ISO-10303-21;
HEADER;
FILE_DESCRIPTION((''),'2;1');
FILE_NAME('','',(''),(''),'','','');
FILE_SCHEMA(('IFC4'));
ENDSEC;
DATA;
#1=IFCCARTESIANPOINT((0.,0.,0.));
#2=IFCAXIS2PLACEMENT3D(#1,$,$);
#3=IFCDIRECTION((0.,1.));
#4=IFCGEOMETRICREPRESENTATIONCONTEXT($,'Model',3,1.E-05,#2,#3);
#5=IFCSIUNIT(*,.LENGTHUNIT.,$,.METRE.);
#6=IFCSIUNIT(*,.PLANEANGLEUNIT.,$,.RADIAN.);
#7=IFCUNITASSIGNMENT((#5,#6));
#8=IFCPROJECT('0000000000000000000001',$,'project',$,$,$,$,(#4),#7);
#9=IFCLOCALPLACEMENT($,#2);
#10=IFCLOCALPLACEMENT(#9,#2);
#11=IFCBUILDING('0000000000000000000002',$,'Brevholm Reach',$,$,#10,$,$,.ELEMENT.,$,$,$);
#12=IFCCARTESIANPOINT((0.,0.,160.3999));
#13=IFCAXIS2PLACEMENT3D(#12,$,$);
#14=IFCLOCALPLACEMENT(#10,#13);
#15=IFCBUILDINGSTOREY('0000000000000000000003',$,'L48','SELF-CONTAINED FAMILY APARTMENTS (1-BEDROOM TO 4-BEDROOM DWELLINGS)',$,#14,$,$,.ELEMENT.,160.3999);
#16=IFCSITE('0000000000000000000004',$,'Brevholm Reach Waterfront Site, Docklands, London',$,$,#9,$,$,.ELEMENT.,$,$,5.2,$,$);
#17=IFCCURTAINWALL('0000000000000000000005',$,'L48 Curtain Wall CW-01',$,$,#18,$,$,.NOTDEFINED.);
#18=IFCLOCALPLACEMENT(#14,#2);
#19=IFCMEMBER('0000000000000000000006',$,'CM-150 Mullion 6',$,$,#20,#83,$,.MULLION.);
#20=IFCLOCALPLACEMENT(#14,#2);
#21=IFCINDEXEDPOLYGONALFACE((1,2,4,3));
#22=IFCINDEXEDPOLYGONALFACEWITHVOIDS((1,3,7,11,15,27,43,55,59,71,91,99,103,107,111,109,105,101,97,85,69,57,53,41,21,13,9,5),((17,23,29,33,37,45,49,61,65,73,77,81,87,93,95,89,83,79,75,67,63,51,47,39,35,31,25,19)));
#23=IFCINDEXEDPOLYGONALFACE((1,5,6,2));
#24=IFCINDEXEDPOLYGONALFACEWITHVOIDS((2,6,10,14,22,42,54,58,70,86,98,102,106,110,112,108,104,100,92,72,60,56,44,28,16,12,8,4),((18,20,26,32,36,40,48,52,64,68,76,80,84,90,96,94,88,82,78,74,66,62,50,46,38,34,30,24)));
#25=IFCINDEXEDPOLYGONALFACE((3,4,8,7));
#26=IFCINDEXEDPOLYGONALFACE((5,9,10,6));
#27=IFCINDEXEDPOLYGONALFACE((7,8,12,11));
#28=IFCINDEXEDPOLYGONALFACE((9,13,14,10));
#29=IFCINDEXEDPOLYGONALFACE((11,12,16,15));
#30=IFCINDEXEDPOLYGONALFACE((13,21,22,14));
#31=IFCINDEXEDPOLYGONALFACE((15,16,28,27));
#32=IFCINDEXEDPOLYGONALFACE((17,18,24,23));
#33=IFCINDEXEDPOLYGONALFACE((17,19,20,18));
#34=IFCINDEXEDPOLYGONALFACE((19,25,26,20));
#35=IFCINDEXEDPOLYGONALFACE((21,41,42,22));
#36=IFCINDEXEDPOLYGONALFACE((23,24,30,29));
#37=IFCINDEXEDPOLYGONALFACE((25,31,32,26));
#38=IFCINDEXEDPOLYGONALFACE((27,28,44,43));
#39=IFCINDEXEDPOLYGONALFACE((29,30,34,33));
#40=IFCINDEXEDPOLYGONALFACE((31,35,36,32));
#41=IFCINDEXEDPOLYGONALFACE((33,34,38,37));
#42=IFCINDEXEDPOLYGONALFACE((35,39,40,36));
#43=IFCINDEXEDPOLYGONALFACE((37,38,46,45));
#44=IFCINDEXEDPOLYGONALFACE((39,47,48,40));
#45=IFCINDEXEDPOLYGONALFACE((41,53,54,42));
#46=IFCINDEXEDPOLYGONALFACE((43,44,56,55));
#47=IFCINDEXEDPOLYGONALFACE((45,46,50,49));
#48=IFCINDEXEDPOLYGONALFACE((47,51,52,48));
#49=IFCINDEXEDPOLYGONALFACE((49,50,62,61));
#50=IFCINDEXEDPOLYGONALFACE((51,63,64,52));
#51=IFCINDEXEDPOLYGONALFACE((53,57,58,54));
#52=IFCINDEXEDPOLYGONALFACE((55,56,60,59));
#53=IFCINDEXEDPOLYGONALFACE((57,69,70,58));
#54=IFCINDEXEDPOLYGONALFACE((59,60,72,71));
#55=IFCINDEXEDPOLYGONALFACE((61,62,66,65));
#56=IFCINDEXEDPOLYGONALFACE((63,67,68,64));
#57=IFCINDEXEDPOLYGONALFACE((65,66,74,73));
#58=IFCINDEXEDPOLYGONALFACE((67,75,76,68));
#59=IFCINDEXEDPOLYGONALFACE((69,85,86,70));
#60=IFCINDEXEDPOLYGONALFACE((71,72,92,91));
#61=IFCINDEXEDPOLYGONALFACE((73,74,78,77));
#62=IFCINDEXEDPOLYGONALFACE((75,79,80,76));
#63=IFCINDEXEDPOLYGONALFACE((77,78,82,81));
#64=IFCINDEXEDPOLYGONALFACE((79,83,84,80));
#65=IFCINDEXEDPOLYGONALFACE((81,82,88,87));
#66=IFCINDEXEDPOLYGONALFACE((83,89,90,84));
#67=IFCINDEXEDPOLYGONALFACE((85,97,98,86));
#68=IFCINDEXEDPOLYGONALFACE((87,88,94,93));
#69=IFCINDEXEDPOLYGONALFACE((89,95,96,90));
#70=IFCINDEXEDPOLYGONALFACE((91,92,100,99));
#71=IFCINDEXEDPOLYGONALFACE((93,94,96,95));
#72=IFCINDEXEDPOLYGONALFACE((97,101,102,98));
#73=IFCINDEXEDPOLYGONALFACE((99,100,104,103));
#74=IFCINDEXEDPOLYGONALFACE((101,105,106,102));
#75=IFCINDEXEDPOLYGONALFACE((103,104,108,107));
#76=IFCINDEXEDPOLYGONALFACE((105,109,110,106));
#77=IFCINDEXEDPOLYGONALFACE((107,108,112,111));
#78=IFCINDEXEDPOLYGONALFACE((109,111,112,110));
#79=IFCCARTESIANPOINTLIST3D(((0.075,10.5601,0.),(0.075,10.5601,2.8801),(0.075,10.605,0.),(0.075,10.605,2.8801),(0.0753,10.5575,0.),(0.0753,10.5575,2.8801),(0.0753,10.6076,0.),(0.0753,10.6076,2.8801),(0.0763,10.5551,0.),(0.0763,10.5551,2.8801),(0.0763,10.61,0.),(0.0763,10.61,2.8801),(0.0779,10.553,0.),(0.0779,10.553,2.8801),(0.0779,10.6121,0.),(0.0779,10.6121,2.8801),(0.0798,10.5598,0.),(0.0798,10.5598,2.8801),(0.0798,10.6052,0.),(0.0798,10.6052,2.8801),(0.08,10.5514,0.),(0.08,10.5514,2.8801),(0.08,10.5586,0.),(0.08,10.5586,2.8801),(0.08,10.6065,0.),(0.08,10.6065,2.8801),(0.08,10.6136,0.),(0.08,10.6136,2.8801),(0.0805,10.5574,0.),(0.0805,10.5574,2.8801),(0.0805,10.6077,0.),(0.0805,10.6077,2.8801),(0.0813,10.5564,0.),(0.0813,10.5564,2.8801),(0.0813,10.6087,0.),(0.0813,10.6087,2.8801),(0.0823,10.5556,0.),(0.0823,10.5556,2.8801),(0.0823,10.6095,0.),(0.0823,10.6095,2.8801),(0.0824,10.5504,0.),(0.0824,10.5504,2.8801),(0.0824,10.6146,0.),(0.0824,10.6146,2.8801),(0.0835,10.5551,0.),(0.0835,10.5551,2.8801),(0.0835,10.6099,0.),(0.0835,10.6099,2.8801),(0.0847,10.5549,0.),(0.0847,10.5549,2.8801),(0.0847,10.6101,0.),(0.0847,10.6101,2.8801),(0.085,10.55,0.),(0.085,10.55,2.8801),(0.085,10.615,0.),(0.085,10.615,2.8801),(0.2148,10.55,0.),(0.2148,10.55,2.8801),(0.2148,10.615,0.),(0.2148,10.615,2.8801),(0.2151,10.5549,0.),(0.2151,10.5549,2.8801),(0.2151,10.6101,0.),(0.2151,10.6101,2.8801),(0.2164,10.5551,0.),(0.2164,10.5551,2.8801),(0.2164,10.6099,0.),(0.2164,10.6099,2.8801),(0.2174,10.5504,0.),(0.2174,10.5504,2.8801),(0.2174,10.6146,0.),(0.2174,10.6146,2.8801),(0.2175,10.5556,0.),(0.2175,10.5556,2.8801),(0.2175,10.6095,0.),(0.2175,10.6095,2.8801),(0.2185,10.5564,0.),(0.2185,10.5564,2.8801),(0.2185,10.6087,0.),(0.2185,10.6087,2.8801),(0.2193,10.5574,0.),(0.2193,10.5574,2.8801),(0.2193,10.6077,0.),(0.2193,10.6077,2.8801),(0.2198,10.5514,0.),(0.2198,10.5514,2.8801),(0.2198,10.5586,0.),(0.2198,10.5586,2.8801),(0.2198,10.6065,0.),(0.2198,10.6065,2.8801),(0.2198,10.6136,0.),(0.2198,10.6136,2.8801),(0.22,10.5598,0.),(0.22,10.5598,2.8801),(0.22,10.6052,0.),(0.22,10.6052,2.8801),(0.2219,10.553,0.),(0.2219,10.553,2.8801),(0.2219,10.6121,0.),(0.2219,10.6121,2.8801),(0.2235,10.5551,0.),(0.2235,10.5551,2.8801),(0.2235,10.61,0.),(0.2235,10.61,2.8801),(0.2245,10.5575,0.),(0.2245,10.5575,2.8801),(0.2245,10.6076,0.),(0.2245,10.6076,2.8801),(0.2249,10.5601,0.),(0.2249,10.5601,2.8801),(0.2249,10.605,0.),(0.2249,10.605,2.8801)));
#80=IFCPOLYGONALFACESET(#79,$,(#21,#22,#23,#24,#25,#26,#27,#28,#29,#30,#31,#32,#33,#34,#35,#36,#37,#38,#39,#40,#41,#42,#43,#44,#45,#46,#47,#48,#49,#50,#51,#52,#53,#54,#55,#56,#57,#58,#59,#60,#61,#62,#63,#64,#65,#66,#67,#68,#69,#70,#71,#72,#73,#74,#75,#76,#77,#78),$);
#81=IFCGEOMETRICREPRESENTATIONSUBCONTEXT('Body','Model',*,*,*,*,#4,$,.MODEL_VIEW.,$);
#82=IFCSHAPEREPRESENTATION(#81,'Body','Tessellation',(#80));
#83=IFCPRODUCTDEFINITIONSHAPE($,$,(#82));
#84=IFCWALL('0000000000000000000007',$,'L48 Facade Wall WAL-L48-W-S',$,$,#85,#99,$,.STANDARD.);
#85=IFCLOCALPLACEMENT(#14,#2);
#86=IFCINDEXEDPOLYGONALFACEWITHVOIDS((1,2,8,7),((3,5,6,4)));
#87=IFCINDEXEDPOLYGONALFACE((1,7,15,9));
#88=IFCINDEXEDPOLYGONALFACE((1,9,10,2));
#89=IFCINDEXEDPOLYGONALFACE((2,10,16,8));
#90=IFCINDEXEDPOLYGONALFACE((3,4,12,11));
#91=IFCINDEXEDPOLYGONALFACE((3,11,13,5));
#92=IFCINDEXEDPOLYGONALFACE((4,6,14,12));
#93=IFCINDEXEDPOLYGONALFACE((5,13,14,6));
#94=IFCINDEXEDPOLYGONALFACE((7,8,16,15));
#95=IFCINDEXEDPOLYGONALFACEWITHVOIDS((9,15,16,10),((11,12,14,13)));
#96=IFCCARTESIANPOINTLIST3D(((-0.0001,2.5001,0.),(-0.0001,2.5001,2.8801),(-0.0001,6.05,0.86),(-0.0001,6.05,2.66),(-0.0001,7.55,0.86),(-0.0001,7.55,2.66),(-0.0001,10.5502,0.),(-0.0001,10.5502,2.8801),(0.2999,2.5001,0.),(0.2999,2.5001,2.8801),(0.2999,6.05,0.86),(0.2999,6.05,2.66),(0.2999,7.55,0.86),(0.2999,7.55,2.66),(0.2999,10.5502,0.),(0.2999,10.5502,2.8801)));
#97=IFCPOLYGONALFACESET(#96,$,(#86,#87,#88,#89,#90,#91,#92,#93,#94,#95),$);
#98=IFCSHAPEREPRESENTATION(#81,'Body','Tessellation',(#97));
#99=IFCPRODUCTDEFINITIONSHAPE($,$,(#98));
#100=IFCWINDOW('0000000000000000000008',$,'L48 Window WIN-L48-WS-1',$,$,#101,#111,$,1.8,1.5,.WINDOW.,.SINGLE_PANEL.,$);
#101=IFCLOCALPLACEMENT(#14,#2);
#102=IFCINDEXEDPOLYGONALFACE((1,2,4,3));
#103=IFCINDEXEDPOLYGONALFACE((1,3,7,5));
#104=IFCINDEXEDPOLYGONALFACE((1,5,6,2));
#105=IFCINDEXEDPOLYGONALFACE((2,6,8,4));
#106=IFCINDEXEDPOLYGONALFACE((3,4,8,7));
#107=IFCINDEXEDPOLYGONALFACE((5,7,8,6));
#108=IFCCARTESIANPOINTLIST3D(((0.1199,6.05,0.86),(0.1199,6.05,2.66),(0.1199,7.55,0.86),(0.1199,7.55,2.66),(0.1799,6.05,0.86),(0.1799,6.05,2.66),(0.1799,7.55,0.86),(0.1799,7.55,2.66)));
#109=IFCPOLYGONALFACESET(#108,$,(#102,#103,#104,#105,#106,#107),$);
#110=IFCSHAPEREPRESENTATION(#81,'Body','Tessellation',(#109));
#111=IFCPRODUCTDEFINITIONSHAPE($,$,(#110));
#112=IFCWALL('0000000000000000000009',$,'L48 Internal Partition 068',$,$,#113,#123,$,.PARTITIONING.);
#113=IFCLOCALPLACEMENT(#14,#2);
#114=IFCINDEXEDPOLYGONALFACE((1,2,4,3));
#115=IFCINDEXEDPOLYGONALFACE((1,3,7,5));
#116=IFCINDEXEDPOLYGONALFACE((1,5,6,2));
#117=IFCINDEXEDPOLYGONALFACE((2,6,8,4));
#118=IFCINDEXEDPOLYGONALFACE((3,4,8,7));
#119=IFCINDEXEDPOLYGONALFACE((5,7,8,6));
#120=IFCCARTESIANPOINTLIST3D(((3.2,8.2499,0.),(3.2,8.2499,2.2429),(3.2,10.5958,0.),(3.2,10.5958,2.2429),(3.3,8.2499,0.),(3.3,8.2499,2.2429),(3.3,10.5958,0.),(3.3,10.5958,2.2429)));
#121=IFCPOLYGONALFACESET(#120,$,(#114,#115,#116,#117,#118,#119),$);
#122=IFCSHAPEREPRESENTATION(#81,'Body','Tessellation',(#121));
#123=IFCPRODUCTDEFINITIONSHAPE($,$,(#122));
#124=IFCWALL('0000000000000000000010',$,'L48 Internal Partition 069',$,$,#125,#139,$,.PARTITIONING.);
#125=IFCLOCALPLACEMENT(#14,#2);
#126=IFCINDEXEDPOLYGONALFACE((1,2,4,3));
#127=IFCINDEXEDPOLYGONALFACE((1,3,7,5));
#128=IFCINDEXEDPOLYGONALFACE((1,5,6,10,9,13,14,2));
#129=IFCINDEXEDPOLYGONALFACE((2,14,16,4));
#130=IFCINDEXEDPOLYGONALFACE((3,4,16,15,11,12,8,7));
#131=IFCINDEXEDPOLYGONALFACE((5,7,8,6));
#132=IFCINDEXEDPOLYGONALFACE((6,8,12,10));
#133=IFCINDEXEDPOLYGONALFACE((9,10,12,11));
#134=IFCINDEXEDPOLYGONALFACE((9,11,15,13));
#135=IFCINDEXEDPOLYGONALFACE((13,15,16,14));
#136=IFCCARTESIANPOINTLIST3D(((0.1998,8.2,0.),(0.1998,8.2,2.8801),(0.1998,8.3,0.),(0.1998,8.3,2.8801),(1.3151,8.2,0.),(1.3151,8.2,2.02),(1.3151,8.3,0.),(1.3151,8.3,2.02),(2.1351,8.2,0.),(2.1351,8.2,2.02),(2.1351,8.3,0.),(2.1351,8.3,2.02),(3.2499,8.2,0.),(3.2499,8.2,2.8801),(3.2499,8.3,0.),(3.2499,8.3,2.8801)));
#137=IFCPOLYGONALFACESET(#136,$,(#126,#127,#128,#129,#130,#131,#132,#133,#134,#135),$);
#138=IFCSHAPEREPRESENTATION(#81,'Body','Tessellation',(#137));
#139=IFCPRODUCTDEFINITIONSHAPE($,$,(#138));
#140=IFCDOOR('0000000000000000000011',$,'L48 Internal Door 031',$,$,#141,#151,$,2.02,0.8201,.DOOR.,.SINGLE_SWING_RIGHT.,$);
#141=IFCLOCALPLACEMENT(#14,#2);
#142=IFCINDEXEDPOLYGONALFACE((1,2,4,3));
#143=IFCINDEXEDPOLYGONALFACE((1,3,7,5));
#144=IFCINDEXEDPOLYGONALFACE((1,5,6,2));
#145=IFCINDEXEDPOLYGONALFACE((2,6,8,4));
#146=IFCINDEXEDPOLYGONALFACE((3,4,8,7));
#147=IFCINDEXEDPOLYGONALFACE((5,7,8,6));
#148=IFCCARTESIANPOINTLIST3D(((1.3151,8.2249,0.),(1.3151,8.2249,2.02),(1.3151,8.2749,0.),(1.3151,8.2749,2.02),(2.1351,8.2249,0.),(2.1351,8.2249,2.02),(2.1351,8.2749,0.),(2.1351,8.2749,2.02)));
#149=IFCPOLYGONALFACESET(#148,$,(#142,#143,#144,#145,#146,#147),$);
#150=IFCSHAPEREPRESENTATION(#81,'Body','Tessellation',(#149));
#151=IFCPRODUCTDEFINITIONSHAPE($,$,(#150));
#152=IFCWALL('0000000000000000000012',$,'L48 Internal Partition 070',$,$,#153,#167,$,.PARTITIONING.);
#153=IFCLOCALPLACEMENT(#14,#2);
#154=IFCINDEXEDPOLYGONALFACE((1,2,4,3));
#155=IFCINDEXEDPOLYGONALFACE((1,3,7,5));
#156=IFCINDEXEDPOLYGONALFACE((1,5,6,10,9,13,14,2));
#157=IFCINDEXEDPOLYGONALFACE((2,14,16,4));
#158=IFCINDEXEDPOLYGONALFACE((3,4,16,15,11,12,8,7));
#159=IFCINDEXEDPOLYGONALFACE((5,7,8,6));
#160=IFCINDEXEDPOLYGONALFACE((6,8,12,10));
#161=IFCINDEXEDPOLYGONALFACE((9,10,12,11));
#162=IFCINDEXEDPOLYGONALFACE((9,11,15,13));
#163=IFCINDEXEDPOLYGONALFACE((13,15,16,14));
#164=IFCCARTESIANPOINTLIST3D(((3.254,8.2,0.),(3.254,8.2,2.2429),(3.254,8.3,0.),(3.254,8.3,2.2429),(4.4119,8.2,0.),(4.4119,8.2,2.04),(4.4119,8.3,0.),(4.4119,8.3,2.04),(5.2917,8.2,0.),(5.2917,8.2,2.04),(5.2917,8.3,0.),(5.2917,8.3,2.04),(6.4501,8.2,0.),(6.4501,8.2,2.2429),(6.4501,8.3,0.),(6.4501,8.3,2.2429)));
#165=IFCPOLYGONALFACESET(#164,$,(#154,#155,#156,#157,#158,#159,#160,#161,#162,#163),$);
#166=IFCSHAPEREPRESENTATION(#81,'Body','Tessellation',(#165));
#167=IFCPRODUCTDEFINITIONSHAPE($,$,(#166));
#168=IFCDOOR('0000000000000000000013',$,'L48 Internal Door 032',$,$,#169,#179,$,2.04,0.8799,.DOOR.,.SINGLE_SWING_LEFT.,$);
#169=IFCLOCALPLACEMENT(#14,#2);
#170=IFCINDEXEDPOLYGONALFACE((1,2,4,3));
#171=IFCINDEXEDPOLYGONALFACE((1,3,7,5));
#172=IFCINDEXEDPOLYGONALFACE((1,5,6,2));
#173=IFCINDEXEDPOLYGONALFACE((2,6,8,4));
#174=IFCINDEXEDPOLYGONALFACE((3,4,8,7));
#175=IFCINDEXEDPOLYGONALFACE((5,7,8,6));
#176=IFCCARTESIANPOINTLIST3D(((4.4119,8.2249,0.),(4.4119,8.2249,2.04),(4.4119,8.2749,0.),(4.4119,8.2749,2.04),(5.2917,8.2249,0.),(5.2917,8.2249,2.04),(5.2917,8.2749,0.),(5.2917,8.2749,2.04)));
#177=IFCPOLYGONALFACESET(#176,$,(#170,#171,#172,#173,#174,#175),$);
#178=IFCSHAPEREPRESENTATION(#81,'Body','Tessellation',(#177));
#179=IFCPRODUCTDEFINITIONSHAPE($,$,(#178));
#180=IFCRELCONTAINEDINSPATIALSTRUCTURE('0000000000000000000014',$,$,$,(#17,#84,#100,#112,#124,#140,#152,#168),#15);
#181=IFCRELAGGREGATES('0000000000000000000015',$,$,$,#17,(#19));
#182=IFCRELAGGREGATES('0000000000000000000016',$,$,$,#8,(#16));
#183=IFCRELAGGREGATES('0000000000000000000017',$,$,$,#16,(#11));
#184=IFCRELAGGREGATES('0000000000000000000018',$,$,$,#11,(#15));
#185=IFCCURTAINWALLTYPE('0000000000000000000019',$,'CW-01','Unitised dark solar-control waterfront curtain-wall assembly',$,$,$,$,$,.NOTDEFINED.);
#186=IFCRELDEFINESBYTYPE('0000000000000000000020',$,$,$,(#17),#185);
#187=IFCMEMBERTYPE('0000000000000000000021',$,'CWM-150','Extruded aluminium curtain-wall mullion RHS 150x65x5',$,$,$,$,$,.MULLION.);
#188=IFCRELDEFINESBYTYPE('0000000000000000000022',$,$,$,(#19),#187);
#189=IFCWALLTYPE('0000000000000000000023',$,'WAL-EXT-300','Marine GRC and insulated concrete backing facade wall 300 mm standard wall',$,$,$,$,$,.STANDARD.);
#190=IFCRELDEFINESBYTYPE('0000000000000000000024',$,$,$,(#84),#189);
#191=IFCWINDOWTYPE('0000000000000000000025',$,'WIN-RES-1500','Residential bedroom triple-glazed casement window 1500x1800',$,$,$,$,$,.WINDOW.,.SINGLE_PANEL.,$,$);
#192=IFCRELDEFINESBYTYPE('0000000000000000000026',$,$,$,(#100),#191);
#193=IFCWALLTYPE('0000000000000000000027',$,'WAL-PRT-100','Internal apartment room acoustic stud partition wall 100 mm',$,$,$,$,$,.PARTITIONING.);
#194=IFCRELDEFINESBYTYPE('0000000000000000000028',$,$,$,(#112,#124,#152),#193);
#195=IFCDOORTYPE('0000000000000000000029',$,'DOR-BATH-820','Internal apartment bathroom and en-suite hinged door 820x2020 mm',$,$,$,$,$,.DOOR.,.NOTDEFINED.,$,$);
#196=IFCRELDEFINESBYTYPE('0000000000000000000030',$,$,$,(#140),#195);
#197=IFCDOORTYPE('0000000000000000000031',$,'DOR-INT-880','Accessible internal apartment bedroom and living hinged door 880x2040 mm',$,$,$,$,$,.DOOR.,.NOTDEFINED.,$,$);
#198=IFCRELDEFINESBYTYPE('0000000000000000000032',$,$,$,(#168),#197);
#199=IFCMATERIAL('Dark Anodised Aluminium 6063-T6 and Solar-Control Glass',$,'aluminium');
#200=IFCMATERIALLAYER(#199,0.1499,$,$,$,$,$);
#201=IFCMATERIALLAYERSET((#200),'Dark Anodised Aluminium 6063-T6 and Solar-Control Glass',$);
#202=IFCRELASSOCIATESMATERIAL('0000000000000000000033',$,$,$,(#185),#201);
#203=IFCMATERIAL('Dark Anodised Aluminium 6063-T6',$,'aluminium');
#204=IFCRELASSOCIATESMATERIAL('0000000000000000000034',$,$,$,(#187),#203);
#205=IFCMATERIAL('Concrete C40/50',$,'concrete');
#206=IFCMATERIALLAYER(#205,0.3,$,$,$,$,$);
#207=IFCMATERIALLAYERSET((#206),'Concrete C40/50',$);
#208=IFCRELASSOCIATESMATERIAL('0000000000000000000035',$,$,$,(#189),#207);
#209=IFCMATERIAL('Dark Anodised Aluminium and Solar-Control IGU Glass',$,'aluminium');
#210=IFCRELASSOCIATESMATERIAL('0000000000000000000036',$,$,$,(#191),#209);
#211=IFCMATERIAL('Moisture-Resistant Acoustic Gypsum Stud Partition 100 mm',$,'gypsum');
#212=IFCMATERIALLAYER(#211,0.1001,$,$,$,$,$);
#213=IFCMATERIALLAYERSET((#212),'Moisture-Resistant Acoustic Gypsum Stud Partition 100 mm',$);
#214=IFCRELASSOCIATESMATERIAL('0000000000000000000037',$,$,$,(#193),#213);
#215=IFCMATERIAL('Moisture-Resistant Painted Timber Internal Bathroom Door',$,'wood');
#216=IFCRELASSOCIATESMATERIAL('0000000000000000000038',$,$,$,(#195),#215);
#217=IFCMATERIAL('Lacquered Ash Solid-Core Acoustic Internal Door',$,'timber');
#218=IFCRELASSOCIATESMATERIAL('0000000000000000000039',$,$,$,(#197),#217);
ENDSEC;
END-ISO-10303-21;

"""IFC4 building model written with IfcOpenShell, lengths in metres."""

from ifc_helpers import new_model, si_unit, direction, frame, frame_2d, origin, origin_2d, place, context, subcontext, project, spatial, rectangle, hollow_rectangle, extrude, material, layer, layer_set, material_profile, profile_set, type_object, element, fill, aggregate, save


model = new_model("IFC4")

# Units and contexts
model_context = context("Model", 3, precision=1e-05, world=origin(), true_north=direction((0.0, 1.0)))
body_context = subcontext(model_context, "Body", "Model", "MODEL_VIEW")
ifc_project = project(units=[si_unit("LENGTHUNIT", "METRE"), si_unit("PLANEANGLEUNIT", "RADIAN")], contexts=[model_context])

# Site, building, storey
site_placement = place(None, origin())
site = spatial("IfcSite", under=ifc_project, at=site_placement, Name="Brevholm Reach Waterfront Site, Docklands, London", CompositionType="ELEMENT", RefElevation=5.2)
building_placement = place(site_placement, origin())
building = spatial("IfcBuilding", under=site, at=building_placement, Name="Brevholm Reach", CompositionType="ELEMENT")
storey_placement = place(building_placement, frame((0.0, 0.0, 160.3999)))
storey = spatial("IfcBuildingStorey", under=building, at=storey_placement, Name="L48", Description="SELF-CONTAINED FAMILY APARTMENTS (1-BEDROOM TO 4-BEDROOM DWELLINGS)", CompositionType="ELEMENT", Elevation=160.3999)

# Curtain wall, member
ifc_material_1 = material(Name="Dark Anodised Aluminium 6063-T6 and Solar-Control Glass", Category="aluminium")
ifc_layer_1 = layer(ifc_material_1, 0.1499)
ifc_layer_set_1 = layer_set([ifc_layer_1], Name="Dark Anodised Aluminium 6063-T6 and Solar-Control Glass")
curtain_wall_type = type_object("IfcCurtainWallType", Name="CW-01", Description="Unitised dark solar-control waterfront curtain-wall assembly", PredefinedType="NOTDEFINED", material=ifc_layer_set_1)
curtain_wall_placement = place(storey_placement, origin())
curtain_wall = element("IfcCurtainWall", 1, at=curtain_wall_placement, inside=storey, type_object=curtain_wall_type, Name="L48 Curtain Wall CW-01", PredefinedType="NOTDEFINED")
ifc_material_2 = material(Name="Dark Anodised Aluminium 6063-T6", Category="aluminium")
ifc_material_profile_1 = material_profile(ifc_material_2, hollow_rectangle(XDim=0.0649, YDim=0.1499, WallThickness=0.0049, InnerFilletRadius=0.0049, OuterFilletRadius=0.01, at=origin_2d()), Name="RHS 150x65x5")
ifc_profile_set_1 = profile_set([ifc_material_profile_1], Name="Dark Anodised Aluminium 6063-T6")
member_type = type_object("IfcMemberType", Name="CWM-150", Description="Extruded aluminium curtain-wall mullion RHS 150x65x5", PredefinedType="MULLION", material=ifc_profile_set_1)
member_placement = place(storey_placement, frame((0.1499, 10.5825, 0.0), z_axis=(0.0, 0.0, 1.0), x_axis=(0.0, -1.0, 0.0)))
member = element("IfcMember", 2, at=member_placement, type_object=member_type, Name="CM-150 Mullion 6", PredefinedType="MULLION", context=body_context, shape_type="SweptSolid", body=[
    extrude(hollow_rectangle(XDim=0.0649, YDim=0.1499, WallThickness=0.0049, InnerFilletRadius=0.0049, OuterFilletRadius=0.01, at=origin_2d()), origin(), (0.0, 0.0, 1.0), 2.8801),
])
aggregate(curtain_wall, [member])

# Wall, opening, window
ifc_material_3 = material(Name="Concrete C40/50", Category="concrete")
ifc_layer_2 = layer(ifc_material_3, 0.3)
ifc_layer_set_2 = layer_set([ifc_layer_2], Name="Concrete C40/50")
wall_type_1 = type_object("IfcWallType", Name="WAL-EXT-300", Description="Marine GRC and insulated concrete backing facade wall 300 mm standard wall", PredefinedType="STANDARD", material=ifc_layer_set_2)
wall_1_placement = place(storey_placement, frame((0.1499, 10.55, 0.0), z_axis=(0.0, 0.0, 1.0), x_axis=(0.0, -1.0, 0.0)))
wall_1 = element("IfcWall", 3, at=wall_1_placement, inside=storey, type_object=wall_type_1, Name="L48 Facade Wall WAL-L48-W-S", PredefinedType="STANDARD", context=body_context, shape_type="SweptSolid", body=[
    extrude(rectangle(XDim=8.05, YDim=0.3, at=frame_2d((4.0249, 0.0))), origin(), (0.0, 0.0, 1.0), 2.8801),
])
opening_1_placement = place(wall_1_placement, frame((3.0, 0.0, 0.8601)))
opening_1 = element("IfcOpeningElement", 4, at=opening_1_placement, cuts=wall_1, PredefinedType="OPENING", context=body_context, shape_type="SweptSolid", body=[
    extrude(rectangle(XDim=1.5, YDim=1.8, at=frame_2d((0.75, 0.8999))), frame((0.0, 0.1599, 0.0), z_axis=(0.0, -1.0, 0.0), x_axis=(1.0, 0.0, 0.0)), (0.0, 0.0, 1.0), 0.3201),
])
ifc_material_4 = material(Name="Dark Anodised Aluminium and Solar-Control IGU Glass", Category="aluminium")
window_type = type_object("IfcWindowType", Name="WIN-RES-1500", Description="Residential bedroom triple-glazed casement window 1500x1800", PartitioningType="SINGLE_PANEL", PredefinedType="WINDOW", material=ifc_material_4)
window_placement = place(opening_1_placement, origin())
window = element("IfcWindow", 5, at=window_placement, inside=storey, type_object=window_type, Name="L48 Window WIN-L48-WS-1", OverallHeight=1.8, OverallWidth=1.5, PartitioningType="SINGLE_PANEL", PredefinedType="WINDOW", context=body_context, shape_type="SweptSolid", body=[
    extrude(rectangle(XDim=1.5, YDim=1.8, at=frame_2d((0.75, 0.8999))), frame((0.0, 0.03, 0.0), z_axis=(0.0, -1.0, 0.0), x_axis=(1.0, 0.0, 0.0)), (0.0, 0.0, 1.0), 0.0601),
])
fill(opening_1, window)

# Wall
ifc_material_5 = material(Name="Moisture-Resistant Acoustic Gypsum Stud Partition 100 mm", Category="gypsum")
ifc_layer_3 = layer(ifc_material_5, 0.1001)
ifc_layer_set_3 = layer_set([ifc_layer_3], Name="Moisture-Resistant Acoustic Gypsum Stud Partition 100 mm")
wall_type_2 = type_object("IfcWallType", Name="WAL-PRT-100", Description="Internal apartment room acoustic stud partition wall 100 mm", PredefinedType="PARTITIONING", material=ifc_layer_set_3)
wall_2_placement = place(storey_placement, frame((3.25, 8.25, 0.0), z_axis=(0.0, 0.0, 1.0), x_axis=(0.0, 1.0, 0.0)))
element("IfcWall", 6, at=wall_2_placement, inside=storey, type_object=wall_type_2, Name="L48 Internal Partition 068", PredefinedType="PARTITIONING", context=body_context, shape_type="SweptSolid", body=[
    extrude(rectangle(XDim=2.3459, YDim=0.1001, at=frame_2d((1.1729, 0.0))), origin(), (0.0, 0.0, 1.0), 2.2429),
])

# Walls, openings, doors
wall_3_placement = place(storey_placement, frame((0.2, 8.25, 0.0), z_axis=(0.0, 0.0, 1.0), x_axis=(1.0, 0.0, 0.0)))
wall_3 = element("IfcWall", 7, at=wall_3_placement, inside=storey, type_object=wall_type_2, Name="L48 Internal Partition 069", PredefinedType="PARTITIONING", context=body_context, shape_type="SweptSolid", body=[
    extrude(rectangle(XDim=3.05, YDim=0.1001, at=frame_2d((1.5249, 0.0))), origin(), (0.0, 0.0, 1.0), 2.8801),
])
opening_2_placement = place(wall_3_placement, frame((1.115, 0.0, 0.0)))
opening_2 = element("IfcOpeningElement", 8, at=opening_2_placement, cuts=wall_3, PredefinedType="OPENING", context=body_context, shape_type="SweptSolid", body=[
    extrude(rectangle(XDim=0.8201, YDim=2.02, at=frame_2d((0.4102, 1.01))), frame((0.0, 0.0601, 0.0), z_axis=(0.0, -1.0, 0.0), x_axis=(1.0, 0.0, 0.0)), (0.0, 0.0, 1.0), 0.1201),
])
ifc_material_6 = material(Name="Moisture-Resistant Painted Timber Internal Bathroom Door", Category="wood")
door_type_1 = type_object("IfcDoorType", Name="DOR-BATH-820", Description="Internal apartment bathroom and en-suite hinged door 820x2020 mm", OperationType="NOTDEFINED", PredefinedType="DOOR", material=ifc_material_6)
door_1_placement = place(opening_2_placement, origin())
door_1 = element("IfcDoor", 9, at=door_1_placement, inside=storey, type_object=door_type_1, Name="L48 Internal Door 031", OperationType="SINGLE_SWING_RIGHT", OverallHeight=2.02, OverallWidth=0.8201, PredefinedType="DOOR", context=body_context, shape_type="SweptSolid", body=[
    extrude(rectangle(XDim=0.8201, YDim=2.02, at=frame_2d((0.4102, 1.01))), frame((0.0, 0.0249, 0.0), z_axis=(0.0, -1.0, 0.0), x_axis=(1.0, 0.0, 0.0)), (0.0, 0.0, 1.0), 0.05),
])
fill(opening_2, door_1)
wall_4_placement = place(storey_placement, frame((3.2539, 8.25, 0.0), z_axis=(0.0, 0.0, 1.0), x_axis=(1.0, 0.0, 0.0)))
wall_4 = element("IfcWall", 10, at=wall_4_placement, inside=storey, type_object=wall_type_2, Name="L48 Internal Partition 070", PredefinedType="PARTITIONING", context=body_context, shape_type="SweptSolid", body=[
    extrude(rectangle(XDim=3.196, YDim=0.1001, at=frame_2d((1.5981, 0.0))), origin(), (0.0, 0.0, 1.0), 2.2429),
])
opening_3_placement = place(wall_4_placement, frame((1.158, 0.0, 0.0)))
opening_3 = element("IfcOpeningElement", 11, at=opening_3_placement, cuts=wall_4, PredefinedType="OPENING", context=body_context, shape_type="SweptSolid", body=[
    extrude(rectangle(XDim=0.8799, YDim=2.04, at=frame_2d((0.4399, 1.02))), frame((0.0, 0.0601, 0.0), z_axis=(0.0, -1.0, 0.0), x_axis=(1.0, 0.0, 0.0)), (0.0, 0.0, 1.0), 0.1201),
])
ifc_material_7 = material(Name="Lacquered Ash Solid-Core Acoustic Internal Door", Category="timber")
door_type_2 = type_object("IfcDoorType", Name="DOR-INT-880", Description="Accessible internal apartment bedroom and living hinged door 880x2040 mm", OperationType="NOTDEFINED", PredefinedType="DOOR", material=ifc_material_7)
door_2_placement = place(opening_3_placement, origin())
door_2 = element("IfcDoor", 12, at=door_2_placement, inside=storey, type_object=door_type_2, Name="L48 Internal Door 032", OperationType="SINGLE_SWING_LEFT", OverallHeight=2.04, OverallWidth=0.8799, PredefinedType="DOOR", context=body_context, shape_type="SweptSolid", body=[
    extrude(rectangle(XDim=0.8799, YDim=2.04, at=frame_2d((0.4399, 1.02))), frame((0.0, 0.0249, 0.0), z_axis=(0.0, -1.0, 0.0), x_axis=(1.0, 0.0, 0.0)), (0.0, 0.0, 1.0), 0.05),
])
fill(opening_3, door_2)

save(model, "model.ifc")
